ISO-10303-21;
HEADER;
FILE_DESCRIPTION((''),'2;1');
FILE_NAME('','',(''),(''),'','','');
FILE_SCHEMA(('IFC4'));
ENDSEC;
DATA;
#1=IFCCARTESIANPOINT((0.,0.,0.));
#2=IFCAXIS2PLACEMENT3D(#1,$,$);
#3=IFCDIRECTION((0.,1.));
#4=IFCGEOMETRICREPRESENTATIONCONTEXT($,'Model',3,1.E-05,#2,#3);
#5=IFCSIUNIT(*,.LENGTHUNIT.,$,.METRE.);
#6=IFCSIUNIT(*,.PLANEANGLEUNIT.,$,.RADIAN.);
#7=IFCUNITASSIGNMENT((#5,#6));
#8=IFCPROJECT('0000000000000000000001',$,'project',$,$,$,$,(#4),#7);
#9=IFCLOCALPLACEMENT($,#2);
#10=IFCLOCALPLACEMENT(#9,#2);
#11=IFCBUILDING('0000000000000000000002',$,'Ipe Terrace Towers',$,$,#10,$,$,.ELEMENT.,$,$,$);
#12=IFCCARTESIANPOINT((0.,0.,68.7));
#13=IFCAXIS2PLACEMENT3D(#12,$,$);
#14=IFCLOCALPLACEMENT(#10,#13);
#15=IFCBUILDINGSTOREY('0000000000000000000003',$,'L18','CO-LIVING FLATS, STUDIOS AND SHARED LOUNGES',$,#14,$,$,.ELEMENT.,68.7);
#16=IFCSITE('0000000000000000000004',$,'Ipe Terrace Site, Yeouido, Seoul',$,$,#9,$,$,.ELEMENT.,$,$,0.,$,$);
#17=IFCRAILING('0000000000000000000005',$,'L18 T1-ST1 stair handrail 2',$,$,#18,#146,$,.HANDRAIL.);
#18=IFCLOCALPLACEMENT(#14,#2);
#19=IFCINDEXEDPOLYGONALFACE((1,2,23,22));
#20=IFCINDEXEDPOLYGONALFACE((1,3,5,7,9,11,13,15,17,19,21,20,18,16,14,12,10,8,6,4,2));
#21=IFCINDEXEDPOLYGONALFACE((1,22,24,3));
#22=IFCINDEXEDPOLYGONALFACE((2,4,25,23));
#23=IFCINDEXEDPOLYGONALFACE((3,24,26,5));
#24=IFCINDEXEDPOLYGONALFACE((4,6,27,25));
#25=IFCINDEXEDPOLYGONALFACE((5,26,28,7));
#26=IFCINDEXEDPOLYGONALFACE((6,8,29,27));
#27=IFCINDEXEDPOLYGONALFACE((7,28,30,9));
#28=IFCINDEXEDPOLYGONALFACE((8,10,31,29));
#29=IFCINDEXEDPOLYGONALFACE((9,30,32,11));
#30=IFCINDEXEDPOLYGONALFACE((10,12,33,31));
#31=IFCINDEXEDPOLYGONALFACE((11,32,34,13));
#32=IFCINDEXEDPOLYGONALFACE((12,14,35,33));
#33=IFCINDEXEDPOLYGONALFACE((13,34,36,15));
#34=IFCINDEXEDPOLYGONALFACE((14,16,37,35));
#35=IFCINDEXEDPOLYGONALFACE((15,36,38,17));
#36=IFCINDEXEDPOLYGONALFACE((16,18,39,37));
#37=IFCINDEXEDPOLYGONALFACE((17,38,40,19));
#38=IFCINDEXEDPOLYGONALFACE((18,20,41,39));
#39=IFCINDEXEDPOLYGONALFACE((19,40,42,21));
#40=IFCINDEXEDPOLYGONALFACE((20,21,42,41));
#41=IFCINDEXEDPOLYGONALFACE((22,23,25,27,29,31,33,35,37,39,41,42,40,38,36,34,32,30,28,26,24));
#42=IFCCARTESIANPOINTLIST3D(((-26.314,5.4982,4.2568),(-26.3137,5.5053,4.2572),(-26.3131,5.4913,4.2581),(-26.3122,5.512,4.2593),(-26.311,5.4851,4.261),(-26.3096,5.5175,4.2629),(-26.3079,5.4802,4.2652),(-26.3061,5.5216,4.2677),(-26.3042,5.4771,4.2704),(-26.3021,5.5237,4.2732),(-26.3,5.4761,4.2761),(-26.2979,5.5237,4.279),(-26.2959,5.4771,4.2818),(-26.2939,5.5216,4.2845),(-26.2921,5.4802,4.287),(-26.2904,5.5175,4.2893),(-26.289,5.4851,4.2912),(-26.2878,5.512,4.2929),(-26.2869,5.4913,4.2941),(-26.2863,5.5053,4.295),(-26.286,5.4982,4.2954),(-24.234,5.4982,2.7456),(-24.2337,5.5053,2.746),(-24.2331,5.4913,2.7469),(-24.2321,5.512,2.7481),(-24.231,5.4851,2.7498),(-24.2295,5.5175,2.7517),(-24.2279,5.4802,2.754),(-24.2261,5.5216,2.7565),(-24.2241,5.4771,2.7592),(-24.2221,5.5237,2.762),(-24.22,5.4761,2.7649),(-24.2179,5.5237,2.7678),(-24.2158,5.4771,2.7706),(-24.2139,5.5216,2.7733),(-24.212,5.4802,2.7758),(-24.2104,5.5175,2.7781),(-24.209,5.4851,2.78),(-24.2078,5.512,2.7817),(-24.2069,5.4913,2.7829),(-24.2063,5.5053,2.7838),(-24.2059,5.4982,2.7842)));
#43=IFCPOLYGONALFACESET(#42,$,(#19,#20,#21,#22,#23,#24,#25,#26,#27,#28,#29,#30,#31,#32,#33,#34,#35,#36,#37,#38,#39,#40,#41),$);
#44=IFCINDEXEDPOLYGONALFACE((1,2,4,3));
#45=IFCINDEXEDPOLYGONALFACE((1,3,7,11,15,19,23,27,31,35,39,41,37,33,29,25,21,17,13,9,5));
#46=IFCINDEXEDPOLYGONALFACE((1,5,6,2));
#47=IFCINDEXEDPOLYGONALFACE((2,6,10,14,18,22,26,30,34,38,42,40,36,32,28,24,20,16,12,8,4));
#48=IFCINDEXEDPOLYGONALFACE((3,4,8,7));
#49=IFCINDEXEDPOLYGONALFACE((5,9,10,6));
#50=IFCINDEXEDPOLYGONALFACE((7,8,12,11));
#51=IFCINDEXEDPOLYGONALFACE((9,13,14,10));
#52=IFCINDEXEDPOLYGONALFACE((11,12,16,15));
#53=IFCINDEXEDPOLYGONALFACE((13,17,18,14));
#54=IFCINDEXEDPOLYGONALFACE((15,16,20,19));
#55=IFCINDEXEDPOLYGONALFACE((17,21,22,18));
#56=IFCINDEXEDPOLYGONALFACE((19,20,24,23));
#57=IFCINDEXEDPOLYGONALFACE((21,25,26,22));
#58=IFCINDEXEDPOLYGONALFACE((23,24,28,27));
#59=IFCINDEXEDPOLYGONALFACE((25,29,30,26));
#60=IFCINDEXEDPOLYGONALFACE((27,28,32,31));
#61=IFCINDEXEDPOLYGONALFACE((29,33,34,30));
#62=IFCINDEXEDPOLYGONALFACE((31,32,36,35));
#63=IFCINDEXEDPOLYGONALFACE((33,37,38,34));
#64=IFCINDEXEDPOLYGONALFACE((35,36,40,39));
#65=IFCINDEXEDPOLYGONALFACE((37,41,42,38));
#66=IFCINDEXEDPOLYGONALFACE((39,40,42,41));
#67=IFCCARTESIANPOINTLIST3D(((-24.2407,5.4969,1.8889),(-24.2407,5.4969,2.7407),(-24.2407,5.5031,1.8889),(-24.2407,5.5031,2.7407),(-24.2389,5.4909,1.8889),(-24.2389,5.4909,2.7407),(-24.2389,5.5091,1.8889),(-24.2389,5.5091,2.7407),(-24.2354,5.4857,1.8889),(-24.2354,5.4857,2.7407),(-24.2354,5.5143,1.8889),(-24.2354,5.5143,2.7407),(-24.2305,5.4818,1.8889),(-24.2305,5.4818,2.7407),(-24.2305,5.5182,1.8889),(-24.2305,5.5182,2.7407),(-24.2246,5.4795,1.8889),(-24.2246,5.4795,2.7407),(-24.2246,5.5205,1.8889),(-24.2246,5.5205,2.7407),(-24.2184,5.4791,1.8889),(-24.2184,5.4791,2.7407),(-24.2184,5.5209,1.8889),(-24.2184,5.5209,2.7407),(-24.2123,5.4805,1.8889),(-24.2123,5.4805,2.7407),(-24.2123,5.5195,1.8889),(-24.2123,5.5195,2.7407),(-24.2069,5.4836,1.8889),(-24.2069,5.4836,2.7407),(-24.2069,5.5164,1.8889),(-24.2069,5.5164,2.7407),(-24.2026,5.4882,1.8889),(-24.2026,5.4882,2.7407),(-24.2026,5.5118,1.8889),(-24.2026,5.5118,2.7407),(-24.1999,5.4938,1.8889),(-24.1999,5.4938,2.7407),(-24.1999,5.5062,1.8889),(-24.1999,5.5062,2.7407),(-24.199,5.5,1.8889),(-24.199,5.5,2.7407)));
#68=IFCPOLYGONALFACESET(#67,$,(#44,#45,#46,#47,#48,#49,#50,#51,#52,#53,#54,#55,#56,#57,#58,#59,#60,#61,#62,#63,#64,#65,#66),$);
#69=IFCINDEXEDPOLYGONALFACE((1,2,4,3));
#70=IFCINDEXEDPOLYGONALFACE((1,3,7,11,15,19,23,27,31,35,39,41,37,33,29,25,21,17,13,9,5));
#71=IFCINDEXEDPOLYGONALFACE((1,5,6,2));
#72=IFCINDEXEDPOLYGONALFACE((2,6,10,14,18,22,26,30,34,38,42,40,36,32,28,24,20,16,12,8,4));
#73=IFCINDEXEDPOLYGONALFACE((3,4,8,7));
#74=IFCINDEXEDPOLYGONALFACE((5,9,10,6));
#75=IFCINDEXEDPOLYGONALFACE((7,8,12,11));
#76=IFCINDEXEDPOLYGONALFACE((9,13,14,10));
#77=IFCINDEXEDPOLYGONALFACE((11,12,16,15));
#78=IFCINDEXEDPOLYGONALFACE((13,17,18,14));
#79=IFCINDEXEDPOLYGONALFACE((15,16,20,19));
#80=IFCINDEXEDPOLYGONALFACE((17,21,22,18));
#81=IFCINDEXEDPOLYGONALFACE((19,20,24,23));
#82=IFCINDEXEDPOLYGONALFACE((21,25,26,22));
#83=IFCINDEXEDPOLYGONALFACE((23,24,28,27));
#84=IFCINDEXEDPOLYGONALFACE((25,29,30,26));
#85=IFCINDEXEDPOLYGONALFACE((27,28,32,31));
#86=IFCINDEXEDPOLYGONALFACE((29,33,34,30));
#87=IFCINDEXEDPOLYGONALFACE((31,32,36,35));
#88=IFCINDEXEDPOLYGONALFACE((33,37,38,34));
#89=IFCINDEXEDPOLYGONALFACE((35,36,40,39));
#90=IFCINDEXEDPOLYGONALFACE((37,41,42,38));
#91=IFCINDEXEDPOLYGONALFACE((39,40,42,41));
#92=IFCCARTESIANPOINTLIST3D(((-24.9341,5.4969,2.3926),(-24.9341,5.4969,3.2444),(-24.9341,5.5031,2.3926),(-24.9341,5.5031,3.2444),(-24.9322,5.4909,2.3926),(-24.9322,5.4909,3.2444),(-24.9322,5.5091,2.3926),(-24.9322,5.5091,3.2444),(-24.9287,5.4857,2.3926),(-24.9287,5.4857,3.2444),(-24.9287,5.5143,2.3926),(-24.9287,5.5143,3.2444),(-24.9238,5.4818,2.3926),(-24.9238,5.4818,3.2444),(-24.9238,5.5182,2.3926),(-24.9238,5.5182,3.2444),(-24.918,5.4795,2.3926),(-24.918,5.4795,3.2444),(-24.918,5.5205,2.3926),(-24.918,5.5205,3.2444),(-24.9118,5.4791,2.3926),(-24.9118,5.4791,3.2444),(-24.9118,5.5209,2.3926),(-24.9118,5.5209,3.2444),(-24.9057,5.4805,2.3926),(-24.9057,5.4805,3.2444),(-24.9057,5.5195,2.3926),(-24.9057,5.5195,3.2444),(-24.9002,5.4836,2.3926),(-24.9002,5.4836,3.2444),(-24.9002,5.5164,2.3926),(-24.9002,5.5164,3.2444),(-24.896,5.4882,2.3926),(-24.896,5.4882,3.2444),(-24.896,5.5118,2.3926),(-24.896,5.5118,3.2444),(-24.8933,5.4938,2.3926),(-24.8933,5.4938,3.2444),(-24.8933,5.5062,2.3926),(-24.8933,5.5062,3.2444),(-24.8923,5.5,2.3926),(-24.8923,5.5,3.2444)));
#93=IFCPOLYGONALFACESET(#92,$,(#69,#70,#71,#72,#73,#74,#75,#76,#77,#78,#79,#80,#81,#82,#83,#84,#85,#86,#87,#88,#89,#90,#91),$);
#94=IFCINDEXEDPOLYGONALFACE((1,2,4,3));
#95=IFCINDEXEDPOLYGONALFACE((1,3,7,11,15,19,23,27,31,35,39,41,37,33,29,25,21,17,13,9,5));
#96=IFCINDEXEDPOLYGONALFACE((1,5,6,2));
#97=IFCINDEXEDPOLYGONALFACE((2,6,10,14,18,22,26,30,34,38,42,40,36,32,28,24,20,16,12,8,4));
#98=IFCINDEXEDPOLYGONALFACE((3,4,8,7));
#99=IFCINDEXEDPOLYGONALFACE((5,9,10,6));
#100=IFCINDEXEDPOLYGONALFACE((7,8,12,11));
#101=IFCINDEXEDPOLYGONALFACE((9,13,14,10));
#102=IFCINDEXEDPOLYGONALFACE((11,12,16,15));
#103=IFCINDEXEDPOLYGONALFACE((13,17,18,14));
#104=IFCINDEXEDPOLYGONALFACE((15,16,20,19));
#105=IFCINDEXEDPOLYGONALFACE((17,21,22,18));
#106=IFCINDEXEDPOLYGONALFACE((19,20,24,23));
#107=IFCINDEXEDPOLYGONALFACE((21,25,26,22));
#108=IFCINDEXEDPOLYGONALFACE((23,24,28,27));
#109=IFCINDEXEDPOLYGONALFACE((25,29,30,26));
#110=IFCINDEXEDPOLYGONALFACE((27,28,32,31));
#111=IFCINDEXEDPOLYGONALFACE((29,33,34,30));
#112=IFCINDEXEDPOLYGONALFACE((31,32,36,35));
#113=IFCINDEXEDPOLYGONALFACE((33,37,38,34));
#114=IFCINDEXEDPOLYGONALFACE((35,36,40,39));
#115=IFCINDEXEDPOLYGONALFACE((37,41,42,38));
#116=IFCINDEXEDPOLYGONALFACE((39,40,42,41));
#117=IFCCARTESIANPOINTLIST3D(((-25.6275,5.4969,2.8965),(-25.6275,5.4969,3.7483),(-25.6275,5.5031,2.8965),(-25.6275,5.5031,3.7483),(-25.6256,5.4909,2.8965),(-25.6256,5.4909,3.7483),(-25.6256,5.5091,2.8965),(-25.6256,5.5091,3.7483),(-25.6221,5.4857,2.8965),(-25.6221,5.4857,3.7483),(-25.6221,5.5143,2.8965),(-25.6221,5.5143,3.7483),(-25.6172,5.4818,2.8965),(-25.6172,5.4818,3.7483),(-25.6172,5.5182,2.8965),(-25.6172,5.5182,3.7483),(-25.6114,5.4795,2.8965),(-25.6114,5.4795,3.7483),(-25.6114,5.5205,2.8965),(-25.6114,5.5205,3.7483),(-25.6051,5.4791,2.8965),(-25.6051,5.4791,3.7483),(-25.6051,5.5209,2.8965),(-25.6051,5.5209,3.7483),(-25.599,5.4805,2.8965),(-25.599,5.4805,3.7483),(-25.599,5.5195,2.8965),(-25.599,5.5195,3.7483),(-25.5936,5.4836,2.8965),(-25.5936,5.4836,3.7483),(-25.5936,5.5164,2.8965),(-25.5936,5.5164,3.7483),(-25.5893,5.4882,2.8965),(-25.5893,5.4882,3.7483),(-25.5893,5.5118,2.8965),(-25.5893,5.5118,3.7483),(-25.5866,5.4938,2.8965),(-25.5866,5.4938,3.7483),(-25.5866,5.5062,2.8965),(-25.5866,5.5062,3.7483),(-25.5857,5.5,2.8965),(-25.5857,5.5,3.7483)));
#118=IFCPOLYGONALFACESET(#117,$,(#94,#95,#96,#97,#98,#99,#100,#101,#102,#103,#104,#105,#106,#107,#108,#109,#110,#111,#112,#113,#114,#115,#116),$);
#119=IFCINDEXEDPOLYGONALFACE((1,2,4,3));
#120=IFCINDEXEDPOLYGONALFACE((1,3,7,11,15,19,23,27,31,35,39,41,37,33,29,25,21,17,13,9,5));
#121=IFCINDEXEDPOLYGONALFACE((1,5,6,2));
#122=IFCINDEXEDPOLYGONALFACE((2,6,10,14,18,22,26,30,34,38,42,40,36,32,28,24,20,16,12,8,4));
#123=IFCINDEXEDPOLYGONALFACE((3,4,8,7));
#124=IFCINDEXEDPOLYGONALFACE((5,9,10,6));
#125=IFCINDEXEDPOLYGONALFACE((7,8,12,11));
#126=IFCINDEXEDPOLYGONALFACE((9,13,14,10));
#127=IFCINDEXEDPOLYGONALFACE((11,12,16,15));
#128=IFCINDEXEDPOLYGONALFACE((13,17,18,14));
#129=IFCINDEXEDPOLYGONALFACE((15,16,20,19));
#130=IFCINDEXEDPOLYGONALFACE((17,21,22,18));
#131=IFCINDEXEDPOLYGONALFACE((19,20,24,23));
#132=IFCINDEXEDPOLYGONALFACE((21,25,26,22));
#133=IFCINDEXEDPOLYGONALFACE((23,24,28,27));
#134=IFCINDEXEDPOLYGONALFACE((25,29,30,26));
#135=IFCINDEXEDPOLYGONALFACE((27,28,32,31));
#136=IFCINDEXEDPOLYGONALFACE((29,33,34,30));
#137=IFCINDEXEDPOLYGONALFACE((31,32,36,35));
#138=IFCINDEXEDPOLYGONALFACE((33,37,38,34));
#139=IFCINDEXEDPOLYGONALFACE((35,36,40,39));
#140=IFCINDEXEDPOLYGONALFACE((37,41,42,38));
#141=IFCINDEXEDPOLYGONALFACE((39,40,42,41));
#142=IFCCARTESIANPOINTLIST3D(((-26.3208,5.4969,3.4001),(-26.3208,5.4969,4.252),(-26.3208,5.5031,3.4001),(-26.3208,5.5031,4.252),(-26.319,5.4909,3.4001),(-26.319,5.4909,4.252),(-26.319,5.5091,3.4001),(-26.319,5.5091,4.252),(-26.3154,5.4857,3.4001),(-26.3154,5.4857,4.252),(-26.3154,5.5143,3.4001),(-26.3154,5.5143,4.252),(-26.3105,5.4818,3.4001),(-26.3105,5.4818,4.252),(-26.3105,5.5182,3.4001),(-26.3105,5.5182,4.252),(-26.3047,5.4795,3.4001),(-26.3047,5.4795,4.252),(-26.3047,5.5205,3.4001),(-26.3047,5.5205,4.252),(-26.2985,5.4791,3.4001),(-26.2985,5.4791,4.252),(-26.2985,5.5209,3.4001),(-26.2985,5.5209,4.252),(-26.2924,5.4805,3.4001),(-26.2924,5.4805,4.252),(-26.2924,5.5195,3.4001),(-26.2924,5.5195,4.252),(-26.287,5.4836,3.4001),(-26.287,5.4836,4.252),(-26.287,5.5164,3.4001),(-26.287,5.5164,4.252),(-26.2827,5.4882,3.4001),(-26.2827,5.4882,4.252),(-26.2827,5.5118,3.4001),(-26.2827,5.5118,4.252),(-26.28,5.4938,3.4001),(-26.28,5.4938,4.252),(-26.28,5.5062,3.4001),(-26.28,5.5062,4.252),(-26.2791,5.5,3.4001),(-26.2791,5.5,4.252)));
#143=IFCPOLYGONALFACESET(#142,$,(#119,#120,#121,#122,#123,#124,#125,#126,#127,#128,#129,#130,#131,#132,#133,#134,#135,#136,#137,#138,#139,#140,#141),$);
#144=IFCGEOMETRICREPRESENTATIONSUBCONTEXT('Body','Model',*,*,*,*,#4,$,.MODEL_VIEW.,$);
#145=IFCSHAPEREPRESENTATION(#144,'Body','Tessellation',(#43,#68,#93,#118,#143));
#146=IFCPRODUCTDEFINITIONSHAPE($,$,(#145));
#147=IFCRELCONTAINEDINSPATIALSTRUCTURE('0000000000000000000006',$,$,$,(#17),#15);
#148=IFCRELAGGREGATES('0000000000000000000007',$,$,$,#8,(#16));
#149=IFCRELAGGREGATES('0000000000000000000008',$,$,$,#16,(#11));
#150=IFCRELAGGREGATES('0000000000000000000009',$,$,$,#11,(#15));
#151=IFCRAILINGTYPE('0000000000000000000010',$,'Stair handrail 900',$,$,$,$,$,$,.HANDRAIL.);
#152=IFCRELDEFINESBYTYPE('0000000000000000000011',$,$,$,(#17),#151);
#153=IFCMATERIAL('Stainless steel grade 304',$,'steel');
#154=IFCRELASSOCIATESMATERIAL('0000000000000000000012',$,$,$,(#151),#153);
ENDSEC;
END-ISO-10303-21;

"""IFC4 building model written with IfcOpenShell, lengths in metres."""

from ifc_helpers import new_model, si_unit, direction, frame, origin, origin_2d, place, context, subcontext, project, spatial, circle, extrude, material, type_object, element, save


model = new_model("IFC4")

# Units and contexts
model_context = context("Model", 3, precision=1e-05, world=origin(), true_north=direction((0.0, 1.0)))
body_context = subcontext(model_context, "Body", "Model", "MODEL_VIEW")
ifc_project = project(units=[si_unit("LENGTHUNIT", "METRE"), si_unit("PLANEANGLEUNIT", "RADIAN")], contexts=[model_context])

# Site, building, storey
site_placement = place(None, origin())
site = spatial("IfcSite", under=ifc_project, at=site_placement, Name="Ipe Terrace Site, Yeouido, Seoul", CompositionType="ELEMENT", RefElevation=0.0)
building_placement = place(site_placement, origin())
building = spatial("IfcBuilding", under=site, at=building_placement, Name="Ipe Terrace Towers", CompositionType="ELEMENT")
storey_placement = place(building_placement, frame((0.0, 0.0, 68.7)))
storey = spatial("IfcBuildingStorey", under=building, at=storey_placement, Name="L18", Description="CO-LIVING FLATS, STUDIOS AND SHARED LOUNGES", CompositionType="ELEMENT", Elevation=68.7)

# Railing
ifc_material_1 = material(Name="Stainless steel grade 304", Category="steel")
railing_type_1 = type_object("IfcRailingType", Name="Stair handrail 900", PredefinedType="HANDRAIL", material=ifc_material_1)
railing_1_placement = place(storey_placement, frame((-24.22, 5.5, 1.8889)))
element("IfcRailing", 1, at=railing_1_placement, inside=storey, type_object=railing_type_1, Name="L18 T1-ST1 stair handrail 2", PredefinedType="HANDRAIL", context=body_context, shape_type="SweptSolid", body=[
    extrude(circle(Radius=0.0239, at=origin_2d()), frame((0.0, 0.0, 0.876), z_axis=(-0.809023, 0.0, 0.587776), x_axis=(0.0, -1.0, 0.0)), (0.0, 0.0, 1.0), 2.571),
    extrude(circle(Radius=0.021, at=origin_2d()), origin(), (0.0, 0.0, 1.0), 0.8518),
    extrude(circle(Radius=0.021, at=origin_2d()), frame((-0.6934, 0.0, 0.5037)), (0.0, 0.0, 1.0), 0.8518),
    extrude(circle(Radius=0.021, at=origin_2d()), frame((-1.3867, 0.0, 1.0076)), (0.0, 0.0, 1.0), 0.8518),
    extrude(circle(Radius=0.021, at=origin_2d()), frame((-2.0801, 0.0, 1.5112)), (0.0, 0.0, 1.0), 0.8518),
])

save(model, "model.ifc")
